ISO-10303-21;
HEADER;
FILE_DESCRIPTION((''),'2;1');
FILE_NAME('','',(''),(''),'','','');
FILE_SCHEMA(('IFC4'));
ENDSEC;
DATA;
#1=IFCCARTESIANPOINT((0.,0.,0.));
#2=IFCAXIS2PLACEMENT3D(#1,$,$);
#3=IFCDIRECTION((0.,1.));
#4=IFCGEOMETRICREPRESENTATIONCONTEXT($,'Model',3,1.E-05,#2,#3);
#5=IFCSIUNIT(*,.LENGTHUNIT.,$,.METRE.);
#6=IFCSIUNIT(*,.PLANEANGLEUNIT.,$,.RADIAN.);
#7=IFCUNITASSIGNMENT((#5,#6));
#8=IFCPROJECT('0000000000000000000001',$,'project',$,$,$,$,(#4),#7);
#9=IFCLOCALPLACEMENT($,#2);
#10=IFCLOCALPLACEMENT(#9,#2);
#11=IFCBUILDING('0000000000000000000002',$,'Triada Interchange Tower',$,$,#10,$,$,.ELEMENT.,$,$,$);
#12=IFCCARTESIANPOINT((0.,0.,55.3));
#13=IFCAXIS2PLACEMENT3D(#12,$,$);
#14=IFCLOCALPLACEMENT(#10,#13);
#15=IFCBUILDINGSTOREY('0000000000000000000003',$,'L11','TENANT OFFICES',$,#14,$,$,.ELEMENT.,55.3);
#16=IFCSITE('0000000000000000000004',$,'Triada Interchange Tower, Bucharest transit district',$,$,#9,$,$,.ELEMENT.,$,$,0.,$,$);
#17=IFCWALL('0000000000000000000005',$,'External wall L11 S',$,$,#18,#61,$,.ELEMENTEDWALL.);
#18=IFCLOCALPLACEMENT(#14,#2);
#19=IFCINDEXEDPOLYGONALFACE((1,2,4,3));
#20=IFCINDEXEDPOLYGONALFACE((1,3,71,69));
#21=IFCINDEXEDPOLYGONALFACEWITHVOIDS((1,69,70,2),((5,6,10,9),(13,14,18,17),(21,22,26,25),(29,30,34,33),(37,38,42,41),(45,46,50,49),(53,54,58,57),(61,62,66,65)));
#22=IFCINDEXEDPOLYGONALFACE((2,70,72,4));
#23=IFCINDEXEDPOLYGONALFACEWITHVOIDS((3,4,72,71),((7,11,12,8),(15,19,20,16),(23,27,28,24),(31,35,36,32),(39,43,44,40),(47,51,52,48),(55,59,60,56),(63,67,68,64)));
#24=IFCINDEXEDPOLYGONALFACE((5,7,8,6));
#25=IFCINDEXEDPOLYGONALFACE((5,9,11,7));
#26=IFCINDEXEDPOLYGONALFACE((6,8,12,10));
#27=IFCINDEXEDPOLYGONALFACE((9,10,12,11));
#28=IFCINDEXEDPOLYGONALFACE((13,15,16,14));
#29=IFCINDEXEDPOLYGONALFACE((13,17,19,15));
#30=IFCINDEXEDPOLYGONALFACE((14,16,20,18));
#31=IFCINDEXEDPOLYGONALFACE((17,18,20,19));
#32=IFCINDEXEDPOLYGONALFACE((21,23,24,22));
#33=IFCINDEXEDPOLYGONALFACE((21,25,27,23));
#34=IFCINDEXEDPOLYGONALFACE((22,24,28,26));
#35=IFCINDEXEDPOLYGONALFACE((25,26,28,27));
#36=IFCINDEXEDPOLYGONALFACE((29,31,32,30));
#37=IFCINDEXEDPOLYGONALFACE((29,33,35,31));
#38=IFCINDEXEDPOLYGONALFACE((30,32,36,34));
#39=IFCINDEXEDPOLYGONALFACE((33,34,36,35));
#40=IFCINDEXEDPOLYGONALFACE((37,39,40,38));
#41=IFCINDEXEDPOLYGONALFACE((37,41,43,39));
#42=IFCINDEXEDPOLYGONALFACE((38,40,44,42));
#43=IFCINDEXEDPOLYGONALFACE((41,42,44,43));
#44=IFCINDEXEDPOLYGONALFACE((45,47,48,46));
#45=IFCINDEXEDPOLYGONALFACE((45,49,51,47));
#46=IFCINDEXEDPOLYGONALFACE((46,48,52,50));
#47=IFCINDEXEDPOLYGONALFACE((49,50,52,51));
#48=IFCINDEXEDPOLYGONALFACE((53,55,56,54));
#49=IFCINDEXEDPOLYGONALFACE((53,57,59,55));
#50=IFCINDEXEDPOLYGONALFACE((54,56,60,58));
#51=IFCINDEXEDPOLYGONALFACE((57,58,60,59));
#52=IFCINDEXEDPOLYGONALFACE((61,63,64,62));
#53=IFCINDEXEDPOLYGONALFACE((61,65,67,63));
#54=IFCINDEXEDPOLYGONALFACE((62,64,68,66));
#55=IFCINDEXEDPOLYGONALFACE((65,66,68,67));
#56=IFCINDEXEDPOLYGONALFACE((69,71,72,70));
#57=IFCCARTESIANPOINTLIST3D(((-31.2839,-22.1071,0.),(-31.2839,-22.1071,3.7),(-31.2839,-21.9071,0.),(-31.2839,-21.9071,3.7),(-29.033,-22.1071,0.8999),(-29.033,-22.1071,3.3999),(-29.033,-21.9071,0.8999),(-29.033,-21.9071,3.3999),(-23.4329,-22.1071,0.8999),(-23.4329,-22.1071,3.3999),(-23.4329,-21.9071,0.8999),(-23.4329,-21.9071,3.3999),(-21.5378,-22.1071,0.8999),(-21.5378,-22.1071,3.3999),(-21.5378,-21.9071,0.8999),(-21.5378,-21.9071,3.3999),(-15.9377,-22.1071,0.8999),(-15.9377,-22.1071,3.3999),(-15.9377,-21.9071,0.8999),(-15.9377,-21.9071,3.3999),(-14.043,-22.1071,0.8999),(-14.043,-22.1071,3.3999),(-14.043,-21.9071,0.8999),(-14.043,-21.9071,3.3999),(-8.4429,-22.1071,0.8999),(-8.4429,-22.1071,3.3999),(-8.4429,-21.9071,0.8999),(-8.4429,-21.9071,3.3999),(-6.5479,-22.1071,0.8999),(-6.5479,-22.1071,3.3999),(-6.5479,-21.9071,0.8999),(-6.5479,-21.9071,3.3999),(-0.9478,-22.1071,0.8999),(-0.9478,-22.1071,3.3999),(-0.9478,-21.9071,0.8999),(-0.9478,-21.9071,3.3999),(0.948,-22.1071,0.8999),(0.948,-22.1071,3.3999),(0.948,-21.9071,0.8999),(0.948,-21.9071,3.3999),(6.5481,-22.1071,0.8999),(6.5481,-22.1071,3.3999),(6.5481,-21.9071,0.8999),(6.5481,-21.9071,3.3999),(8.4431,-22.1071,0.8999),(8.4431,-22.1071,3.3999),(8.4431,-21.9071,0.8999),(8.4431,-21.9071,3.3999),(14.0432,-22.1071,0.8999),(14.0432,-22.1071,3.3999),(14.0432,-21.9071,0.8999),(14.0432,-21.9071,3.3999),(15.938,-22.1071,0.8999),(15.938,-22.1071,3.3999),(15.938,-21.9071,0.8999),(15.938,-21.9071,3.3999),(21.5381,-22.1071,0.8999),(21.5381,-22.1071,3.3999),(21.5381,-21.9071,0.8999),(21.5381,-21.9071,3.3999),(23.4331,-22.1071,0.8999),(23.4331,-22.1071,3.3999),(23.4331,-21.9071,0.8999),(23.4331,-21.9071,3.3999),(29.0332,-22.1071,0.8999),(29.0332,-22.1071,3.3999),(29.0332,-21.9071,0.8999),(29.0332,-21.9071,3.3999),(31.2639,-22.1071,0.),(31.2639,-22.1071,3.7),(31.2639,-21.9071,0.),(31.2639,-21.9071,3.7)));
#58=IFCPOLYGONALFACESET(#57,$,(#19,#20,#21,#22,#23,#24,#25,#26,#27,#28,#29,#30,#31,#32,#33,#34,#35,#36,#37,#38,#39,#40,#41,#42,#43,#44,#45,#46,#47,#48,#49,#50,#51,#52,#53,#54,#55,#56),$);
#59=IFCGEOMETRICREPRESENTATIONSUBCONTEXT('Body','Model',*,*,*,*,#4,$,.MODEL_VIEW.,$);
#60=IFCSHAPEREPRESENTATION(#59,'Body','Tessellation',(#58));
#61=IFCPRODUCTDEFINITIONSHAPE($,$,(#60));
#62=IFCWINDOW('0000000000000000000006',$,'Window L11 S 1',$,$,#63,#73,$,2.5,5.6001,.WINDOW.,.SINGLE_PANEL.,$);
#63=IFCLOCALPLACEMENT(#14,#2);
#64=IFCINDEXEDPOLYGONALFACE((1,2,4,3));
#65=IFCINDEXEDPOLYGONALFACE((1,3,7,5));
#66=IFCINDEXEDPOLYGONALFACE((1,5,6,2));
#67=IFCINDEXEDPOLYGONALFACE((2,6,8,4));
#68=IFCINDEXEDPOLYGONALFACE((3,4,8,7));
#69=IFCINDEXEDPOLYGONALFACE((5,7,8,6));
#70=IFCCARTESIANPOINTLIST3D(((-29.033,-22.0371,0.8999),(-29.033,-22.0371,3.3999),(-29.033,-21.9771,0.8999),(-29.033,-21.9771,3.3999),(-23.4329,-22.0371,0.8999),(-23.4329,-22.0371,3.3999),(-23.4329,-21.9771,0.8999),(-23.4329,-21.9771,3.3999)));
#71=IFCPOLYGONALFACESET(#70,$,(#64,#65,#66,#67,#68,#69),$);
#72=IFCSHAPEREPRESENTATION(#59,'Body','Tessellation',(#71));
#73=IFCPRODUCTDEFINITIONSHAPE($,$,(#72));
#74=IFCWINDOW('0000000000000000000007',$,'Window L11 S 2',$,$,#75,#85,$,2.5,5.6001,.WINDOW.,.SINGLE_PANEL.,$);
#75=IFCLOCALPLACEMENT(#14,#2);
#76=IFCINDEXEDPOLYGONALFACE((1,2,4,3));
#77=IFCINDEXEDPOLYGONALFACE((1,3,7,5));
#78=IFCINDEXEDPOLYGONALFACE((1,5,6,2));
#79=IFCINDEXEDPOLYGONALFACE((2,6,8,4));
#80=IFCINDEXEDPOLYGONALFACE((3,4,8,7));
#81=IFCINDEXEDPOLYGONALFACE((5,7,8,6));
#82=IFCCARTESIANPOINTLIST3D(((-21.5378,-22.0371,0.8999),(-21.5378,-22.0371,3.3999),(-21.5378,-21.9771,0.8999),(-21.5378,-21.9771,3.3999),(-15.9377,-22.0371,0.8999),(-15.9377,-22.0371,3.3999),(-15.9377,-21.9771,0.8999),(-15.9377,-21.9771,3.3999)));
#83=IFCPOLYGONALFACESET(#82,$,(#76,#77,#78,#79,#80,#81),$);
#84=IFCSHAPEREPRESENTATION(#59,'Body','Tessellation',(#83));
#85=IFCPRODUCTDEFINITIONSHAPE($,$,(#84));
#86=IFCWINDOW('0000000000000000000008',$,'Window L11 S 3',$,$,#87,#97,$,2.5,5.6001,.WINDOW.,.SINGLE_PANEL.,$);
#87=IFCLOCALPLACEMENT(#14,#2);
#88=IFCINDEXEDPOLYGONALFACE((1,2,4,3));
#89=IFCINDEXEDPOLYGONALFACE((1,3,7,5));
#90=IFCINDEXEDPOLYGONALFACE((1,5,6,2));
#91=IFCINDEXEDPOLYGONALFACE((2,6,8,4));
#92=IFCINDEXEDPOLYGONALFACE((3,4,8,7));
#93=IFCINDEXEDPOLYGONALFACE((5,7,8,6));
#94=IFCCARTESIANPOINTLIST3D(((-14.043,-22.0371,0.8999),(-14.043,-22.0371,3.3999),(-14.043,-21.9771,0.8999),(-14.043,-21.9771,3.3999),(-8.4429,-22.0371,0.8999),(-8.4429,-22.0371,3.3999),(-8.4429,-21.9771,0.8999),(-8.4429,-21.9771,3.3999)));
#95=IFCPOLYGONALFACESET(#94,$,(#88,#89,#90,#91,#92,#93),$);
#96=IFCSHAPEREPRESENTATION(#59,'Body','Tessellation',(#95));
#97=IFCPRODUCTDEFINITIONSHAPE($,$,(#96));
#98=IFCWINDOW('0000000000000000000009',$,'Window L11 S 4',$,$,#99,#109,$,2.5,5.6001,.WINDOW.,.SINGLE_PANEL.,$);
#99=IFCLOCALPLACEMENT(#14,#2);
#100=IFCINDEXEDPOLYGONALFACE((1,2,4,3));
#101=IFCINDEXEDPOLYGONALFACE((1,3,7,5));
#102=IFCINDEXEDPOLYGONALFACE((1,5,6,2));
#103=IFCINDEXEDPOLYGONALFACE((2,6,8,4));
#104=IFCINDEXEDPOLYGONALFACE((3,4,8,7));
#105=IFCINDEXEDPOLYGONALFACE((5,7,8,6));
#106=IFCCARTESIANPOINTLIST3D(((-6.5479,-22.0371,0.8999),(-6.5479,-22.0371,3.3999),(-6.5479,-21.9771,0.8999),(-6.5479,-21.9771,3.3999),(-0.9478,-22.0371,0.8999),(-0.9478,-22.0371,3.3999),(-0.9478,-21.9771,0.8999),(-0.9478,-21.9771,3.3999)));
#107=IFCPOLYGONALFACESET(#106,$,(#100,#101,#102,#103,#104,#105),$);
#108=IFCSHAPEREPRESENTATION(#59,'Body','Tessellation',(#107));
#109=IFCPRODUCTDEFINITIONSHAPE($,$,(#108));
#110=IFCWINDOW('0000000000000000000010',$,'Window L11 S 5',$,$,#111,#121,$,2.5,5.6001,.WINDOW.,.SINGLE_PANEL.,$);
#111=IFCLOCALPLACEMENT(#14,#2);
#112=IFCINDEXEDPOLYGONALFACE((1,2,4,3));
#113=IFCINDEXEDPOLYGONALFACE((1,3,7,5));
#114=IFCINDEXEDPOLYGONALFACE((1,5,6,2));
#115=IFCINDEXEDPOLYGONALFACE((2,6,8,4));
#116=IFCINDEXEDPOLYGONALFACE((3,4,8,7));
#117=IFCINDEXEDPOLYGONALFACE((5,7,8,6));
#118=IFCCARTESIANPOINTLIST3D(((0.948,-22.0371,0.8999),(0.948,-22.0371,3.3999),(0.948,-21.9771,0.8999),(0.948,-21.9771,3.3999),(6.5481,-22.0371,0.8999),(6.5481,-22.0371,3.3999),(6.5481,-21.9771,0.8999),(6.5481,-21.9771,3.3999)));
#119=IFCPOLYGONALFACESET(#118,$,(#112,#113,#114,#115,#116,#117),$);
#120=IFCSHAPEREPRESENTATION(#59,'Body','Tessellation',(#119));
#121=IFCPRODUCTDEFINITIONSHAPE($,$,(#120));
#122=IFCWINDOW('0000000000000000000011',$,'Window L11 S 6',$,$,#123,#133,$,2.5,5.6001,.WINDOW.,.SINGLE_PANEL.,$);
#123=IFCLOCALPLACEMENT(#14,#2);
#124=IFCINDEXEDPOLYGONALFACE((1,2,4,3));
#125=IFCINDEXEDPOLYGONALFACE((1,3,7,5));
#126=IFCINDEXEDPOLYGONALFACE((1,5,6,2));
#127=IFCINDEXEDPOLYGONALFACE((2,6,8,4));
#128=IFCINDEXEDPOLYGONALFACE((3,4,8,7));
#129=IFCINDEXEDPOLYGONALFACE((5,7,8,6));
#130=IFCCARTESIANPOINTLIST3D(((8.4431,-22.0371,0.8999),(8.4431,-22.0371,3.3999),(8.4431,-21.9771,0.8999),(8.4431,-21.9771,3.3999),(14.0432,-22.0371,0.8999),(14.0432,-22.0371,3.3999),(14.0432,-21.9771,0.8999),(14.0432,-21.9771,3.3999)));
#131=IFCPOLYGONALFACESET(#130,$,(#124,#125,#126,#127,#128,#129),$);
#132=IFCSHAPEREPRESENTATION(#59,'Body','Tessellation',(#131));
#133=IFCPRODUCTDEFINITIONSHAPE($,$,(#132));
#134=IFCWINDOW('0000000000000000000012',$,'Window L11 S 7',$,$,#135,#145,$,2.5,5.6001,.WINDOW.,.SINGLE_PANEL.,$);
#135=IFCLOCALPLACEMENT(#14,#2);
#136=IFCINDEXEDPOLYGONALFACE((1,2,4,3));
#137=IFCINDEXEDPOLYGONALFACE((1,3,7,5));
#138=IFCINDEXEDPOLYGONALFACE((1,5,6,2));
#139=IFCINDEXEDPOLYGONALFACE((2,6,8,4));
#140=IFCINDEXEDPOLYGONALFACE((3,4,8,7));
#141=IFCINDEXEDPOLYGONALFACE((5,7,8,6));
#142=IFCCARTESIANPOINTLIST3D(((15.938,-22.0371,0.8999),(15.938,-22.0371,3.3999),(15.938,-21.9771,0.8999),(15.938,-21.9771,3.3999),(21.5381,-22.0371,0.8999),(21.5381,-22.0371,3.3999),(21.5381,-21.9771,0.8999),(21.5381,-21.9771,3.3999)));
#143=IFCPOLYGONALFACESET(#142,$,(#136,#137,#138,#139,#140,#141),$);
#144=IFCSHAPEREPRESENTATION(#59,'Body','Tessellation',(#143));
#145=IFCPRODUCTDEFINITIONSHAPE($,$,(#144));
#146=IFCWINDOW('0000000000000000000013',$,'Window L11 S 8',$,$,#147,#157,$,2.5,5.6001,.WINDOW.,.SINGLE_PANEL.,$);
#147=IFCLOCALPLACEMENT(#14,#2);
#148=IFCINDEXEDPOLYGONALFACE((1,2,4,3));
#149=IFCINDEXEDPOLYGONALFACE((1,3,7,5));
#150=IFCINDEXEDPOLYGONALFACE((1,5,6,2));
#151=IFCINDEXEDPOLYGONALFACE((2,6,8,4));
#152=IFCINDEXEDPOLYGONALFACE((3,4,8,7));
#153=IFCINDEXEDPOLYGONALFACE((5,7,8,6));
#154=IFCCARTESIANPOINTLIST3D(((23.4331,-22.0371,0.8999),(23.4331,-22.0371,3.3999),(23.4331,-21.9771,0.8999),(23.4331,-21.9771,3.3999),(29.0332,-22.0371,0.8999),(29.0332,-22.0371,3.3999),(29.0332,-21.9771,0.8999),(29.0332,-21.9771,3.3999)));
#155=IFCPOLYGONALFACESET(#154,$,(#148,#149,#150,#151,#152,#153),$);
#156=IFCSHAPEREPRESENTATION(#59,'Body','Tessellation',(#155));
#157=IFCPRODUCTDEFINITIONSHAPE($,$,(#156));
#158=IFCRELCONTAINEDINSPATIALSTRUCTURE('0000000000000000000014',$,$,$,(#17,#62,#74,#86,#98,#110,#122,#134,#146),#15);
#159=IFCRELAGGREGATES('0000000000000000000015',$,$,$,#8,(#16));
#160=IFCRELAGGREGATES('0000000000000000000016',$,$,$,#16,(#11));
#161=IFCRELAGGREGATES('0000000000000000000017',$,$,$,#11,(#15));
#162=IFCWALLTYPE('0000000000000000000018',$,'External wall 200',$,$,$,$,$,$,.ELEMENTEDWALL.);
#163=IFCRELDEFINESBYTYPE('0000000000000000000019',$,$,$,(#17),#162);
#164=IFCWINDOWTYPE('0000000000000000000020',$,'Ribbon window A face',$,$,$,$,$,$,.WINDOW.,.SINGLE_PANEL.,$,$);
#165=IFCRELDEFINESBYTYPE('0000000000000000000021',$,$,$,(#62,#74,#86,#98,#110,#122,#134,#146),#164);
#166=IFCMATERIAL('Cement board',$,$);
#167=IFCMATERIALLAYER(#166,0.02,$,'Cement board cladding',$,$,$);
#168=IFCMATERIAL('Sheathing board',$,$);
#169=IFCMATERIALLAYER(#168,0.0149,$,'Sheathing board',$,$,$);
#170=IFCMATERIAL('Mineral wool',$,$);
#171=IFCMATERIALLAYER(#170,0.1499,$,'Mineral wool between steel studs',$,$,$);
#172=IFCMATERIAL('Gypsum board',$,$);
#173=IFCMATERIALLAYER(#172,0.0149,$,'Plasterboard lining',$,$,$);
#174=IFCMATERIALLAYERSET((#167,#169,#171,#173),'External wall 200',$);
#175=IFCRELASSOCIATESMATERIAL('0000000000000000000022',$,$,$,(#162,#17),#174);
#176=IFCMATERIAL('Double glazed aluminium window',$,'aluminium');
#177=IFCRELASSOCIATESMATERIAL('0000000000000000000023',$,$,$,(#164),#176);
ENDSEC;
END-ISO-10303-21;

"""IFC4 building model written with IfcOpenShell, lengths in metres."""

from ifc_helpers import new_model, si_unit, direction, frame, frame_2d, origin, place, context, subcontext, project, spatial, rectangle, extrude, material, layer, layer_set, layer_usage, type_object, element, fill, save


model = new_model("IFC4")

# Units and contexts
model_context = context("Model", 3, precision=1e-05, world=origin(), true_north=direction((0.0, 1.0)))
body_context = subcontext(model_context, "Body", "Model", "MODEL_VIEW")
ifc_project = project(units=[si_unit("LENGTHUNIT", "METRE"), si_unit("PLANEANGLEUNIT", "RADIAN")], contexts=[model_context])

# Site, building, storey
site_placement = place(None, origin())
site = spatial("IfcSite", under=ifc_project, at=site_placement, Name="Triada Interchange Tower, Bucharest transit district", CompositionType="ELEMENT", RefElevation=0.0)
building_placement = place(site_placement, origin())
building = spatial("IfcBuilding", under=site, at=building_placement, Name="Triada Interchange Tower", CompositionType="ELEMENT")
storey_placement = place(building_placement, frame((0.0, 0.0, 55.3)))
storey = spatial("IfcBuildingStorey", under=building, at=storey_placement, Name="L11", Description="TENANT OFFICES", CompositionType="ELEMENT", Elevation=55.3)

# Shared definitions
ifc_material_1 = material(Name="Cement board")
ifc_layer_1 = layer(ifc_material_1, 0.02, Name="Cement board cladding")
ifc_material_2 = material(Name="Sheathing board")
ifc_layer_2 = layer(ifc_material_2, 0.0149, Name="Sheathing board")
ifc_material_3 = material(Name="Mineral wool")
ifc_layer_3 = layer(ifc_material_3, 0.1499, Name="Mineral wool between steel studs")
ifc_material_4 = material(Name="Gypsum board")
ifc_layer_4 = layer(ifc_material_4, 0.0149, Name="Plasterboard lining")
ifc_layer_set_1 = layer_set([ifc_layer_1, ifc_layer_2, ifc_layer_3, ifc_layer_4], Name="External wall 200")
ifc_layer_usage = layer_usage(ifc_layer_set_1, "AXIS2", "POSITIVE", -0.1001)
wall_type_1 = type_object("IfcWallType", Name="External wall 200", PredefinedType="ELEMENTEDWALL", material=ifc_layer_set_1)
ifc_material_5 = material(Name="Double glazed aluminium window", Category="aluminium")

# Wall, openings, windows
wall_1_placement = place(storey_placement, frame((-31.2839, -22.0071, 0.0), z_axis=(0.0, 0.0, 1.0), x_axis=(1.0, 0.0, 0.0)))
wall_1 = element("IfcWall", 1, at=wall_1_placement, inside=storey, type_object=wall_type_1, material=ifc_layer_usage, Name="External wall L11 S", PredefinedType="ELEMENTEDWALL", context=body_context, shape_type="SweptSolid", body=[
    extrude(rectangle(XDim=62.5479, YDim=0.2, at=frame_2d((31.2739, 0.0))), origin(), (0.0, 0.0, 1.0), 3.7),
])
opening_1_placement = place(wall_1_placement, frame((2.251, 0.0, 0.8999)))
opening_1 = element("IfcOpeningElement", 2, at=opening_1_placement, cuts=wall_1, PredefinedType="OPENING", context=body_context, shape_type="SweptSolid", body=[
    extrude(rectangle(XDim=5.6001, YDim=2.5, at=frame_2d((2.8, 1.25))), frame((0.0, 0.1099, 0.0), z_axis=(0.0, -1.0, 0.0), x_axis=(1.0, 0.0, 0.0)), (0.0, 0.0, 1.0), 0.22),
])
opening_2_placement = place(wall_1_placement, frame((9.7461, 0.0, 0.8999)))
opening_2 = element("IfcOpeningElement", 3, at=opening_2_placement, cuts=wall_1, PredefinedType="OPENING", context=body_context, shape_type="SweptSolid", body=[
    extrude(rectangle(XDim=5.6001, YDim=2.5, at=frame_2d((2.8, 1.25))), frame((0.0, 0.1099, 0.0), z_axis=(0.0, -1.0, 0.0), x_axis=(1.0, 0.0, 0.0)), (0.0, 0.0, 1.0), 0.22),
])
opening_3_placement = place(wall_1_placement, frame((17.241, 0.0, 0.8999)))
opening_3 = element("IfcOpeningElement", 4, at=opening_3_placement, cuts=wall_1, PredefinedType="OPENING", context=body_context, shape_type="SweptSolid", body=[
    extrude(rectangle(XDim=5.6001, YDim=2.5, at=frame_2d((2.8, 1.25))), frame((0.0, 0.1099, 0.0), z_axis=(0.0, -1.0, 0.0), x_axis=(1.0, 0.0, 0.0)), (0.0, 0.0, 1.0), 0.22),
])
opening_4_placement = place(wall_1_placement, frame((24.7361, 0.0, 0.8999)))
opening_4 = element("IfcOpeningElement", 5, at=opening_4_placement, cuts=wall_1, PredefinedType="OPENING", context=body_context, shape_type="SweptSolid", body=[
    extrude(rectangle(XDim=5.6001, YDim=2.5, at=frame_2d((2.8, 1.25))), frame((0.0, 0.1099, 0.0), z_axis=(0.0, -1.0, 0.0), x_axis=(1.0, 0.0, 0.0)), (0.0, 0.0, 1.0), 0.22),
])
opening_5_placement = place(wall_1_placement, frame((32.2319, 0.0, 0.8999)))
opening_5 = element("IfcOpeningElement", 6, at=opening_5_placement, cuts=wall_1, PredefinedType="OPENING", context=body_context, shape_type="SweptSolid", body=[
    extrude(rectangle(XDim=5.6001, YDim=2.5, at=frame_2d((2.8, 1.25))), frame((0.0, 0.1099, 0.0), z_axis=(0.0, -1.0, 0.0), x_axis=(1.0, 0.0, 0.0)), (0.0, 0.0, 1.0), 0.22),
])
opening_6_placement = place(wall_1_placement, frame((39.7271, 0.0, 0.8999)))
opening_6 = element("IfcOpeningElement", 7, at=opening_6_placement, cuts=wall_1, PredefinedType="OPENING", context=body_context, shape_type="SweptSolid", body=[
    extrude(rectangle(XDim=5.6001, YDim=2.5, at=frame_2d((2.8, 1.25))), frame((0.0, 0.1099, 0.0), z_axis=(0.0, -1.0, 0.0), x_axis=(1.0, 0.0, 0.0)), (0.0, 0.0, 1.0), 0.22),
])
opening_7_placement = place(wall_1_placement, frame((47.2219, 0.0, 0.8999)))
opening_7 = element("IfcOpeningElement", 8, at=opening_7_placement, cuts=wall_1, PredefinedType="OPENING", context=body_context, shape_type="SweptSolid", body=[
    extrude(rectangle(XDim=5.6001, YDim=2.5, at=frame_2d((2.8, 1.25))), frame((0.0, 0.1099, 0.0), z_axis=(0.0, -1.0, 0.0), x_axis=(1.0, 0.0, 0.0)), (0.0, 0.0, 1.0), 0.22),
])
opening_8_placement = place(wall_1_placement, frame((54.717, 0.0, 0.8999)))
opening_8 = element("IfcOpeningElement", 9, at=opening_8_placement, cuts=wall_1, PredefinedType="OPENING", context=body_context, shape_type="SweptSolid", body=[
    extrude(rectangle(XDim=5.6001, YDim=2.5, at=frame_2d((2.8, 1.25))), frame((0.0, 0.1099, 0.0), z_axis=(0.0, -1.0, 0.0), x_axis=(1.0, 0.0, 0.0)), (0.0, 0.0, 1.0), 0.22),
])
window_type_1 = type_object("IfcWindowType", Name="Ribbon window A face", PartitioningType="SINGLE_PANEL", PredefinedType="WINDOW", material=ifc_material_5)
window_1_placement = place(opening_1_placement, origin())
window_1 = element("IfcWindow", 10, at=window_1_placement, inside=storey, type_object=window_type_1, Name="Window L11 S 1", OverallHeight=2.5, OverallWidth=5.6001, PartitioningType="SINGLE_PANEL", PredefinedType="WINDOW", context=body_context, shape_type="SweptSolid", body=[
    extrude(rectangle(XDim=5.6001, YDim=2.5, at=frame_2d((2.8, 1.25))), frame((0.0, 0.03, 0.0), z_axis=(0.0, -1.0, 0.0), x_axis=(1.0, 0.0, 0.0)), (0.0, 0.0, 1.0), 0.0601),
])
fill(opening_1, window_1)
window_2_placement = place(opening_2_placement, origin())
window_2 = element("IfcWindow", 11, at=window_2_placement, inside=storey, type_object=window_type_1, Name="Window L11 S 2", OverallHeight=2.5, OverallWidth=5.6001, PartitioningType="SINGLE_PANEL", PredefinedType="WINDOW", context=body_context, shape_type="SweptSolid", body=[
    extrude(rectangle(XDim=5.6001, YDim=2.5, at=frame_2d((2.8, 1.25))), frame((0.0, 0.03, 0.0), z_axis=(0.0, -1.0, 0.0), x_axis=(1.0, 0.0, 0.0)), (0.0, 0.0, 1.0), 0.0601),
])
fill(opening_2, window_2)
window_3_placement = place(opening_3_placement, origin())
window_3 = element("IfcWindow", 12, at=window_3_placement, inside=storey, type_object=window_type_1, Name="Window L11 S 3", OverallHeight=2.5, OverallWidth=5.6001, PartitioningType="SINGLE_PANEL", PredefinedType="WINDOW", context=body_context, shape_type="SweptSolid", body=[
    extrude(rectangle(XDim=5.6001, YDim=2.5, at=frame_2d((2.8, 1.25))), frame((0.0, 0.03, 0.0), z_axis=(0.0, -1.0, 0.0), x_axis=(1.0, 0.0, 0.0)), (0.0, 0.0, 1.0), 0.0601),
])
fill(opening_3, window_3)
window_4_placement = place(opening_4_placement, origin())
window_4 = element("IfcWindow", 13, at=window_4_placement, inside=storey, type_object=window_type_1, Name="Window L11 S 4", OverallHeight=2.5, OverallWidth=5.6001, PartitioningType="SINGLE_PANEL", PredefinedType="WINDOW", context=body_context, shape_type="SweptSolid", body=[
    extrude(rectangle(XDim=5.6001, YDim=2.5, at=frame_2d((2.8, 1.25))), frame((0.0, 0.03, 0.0), z_axis=(0.0, -1.0, 0.0), x_axis=(1.0, 0.0, 0.0)), (0.0, 0.0, 1.0), 0.0601),
])
fill(opening_4, window_4)
window_5_placement = place(opening_5_placement, origin())
window_5 = element("IfcWindow", 14, at=window_5_placement, inside=storey, type_object=window_type_1, Name="Window L11 S 5", OverallHeight=2.5, OverallWidth=5.6001, PartitioningType="SINGLE_PANEL", PredefinedType="WINDOW", context=body_context, shape_type="SweptSolid", body=[
    extrude(rectangle(XDim=5.6001, YDim=2.5, at=frame_2d((2.8, 1.25))), frame((0.0, 0.03, 0.0), z_axis=(0.0, -1.0, 0.0), x_axis=(1.0, 0.0, 0.0)), (0.0, 0.0, 1.0), 0.0601),
])
fill(opening_5, window_5)
window_6_placement = place(opening_6_placement, origin())
window_6 = element("IfcWindow", 15, at=window_6_placement, inside=storey, type_object=window_type_1, Name="Window L11 S 6", OverallHeight=2.5, OverallWidth=5.6001, PartitioningType="SINGLE_PANEL", PredefinedType="WINDOW", context=body_context, shape_type="SweptSolid", body=[
    extrude(rectangle(XDim=5.6001, YDim=2.5, at=frame_2d((2.8, 1.25))), frame((0.0, 0.03, 0.0), z_axis=(0.0, -1.0, 0.0), x_axis=(1.0, 0.0, 0.0)), (0.0, 0.0, 1.0), 0.0601),
])
fill(opening_6, window_6)
window_7_placement = place(opening_7_placement, origin())
window_7 = element("IfcWindow", 16, at=window_7_placement, inside=storey, type_object=window_type_1, Name="Window L11 S 7", OverallHeight=2.5, OverallWidth=5.6001, PartitioningType="SINGLE_PANEL", PredefinedType="WINDOW", context=body_context, shape_type="SweptSolid", body=[
    extrude(rectangle(XDim=5.6001, YDim=2.5, at=frame_2d((2.8, 1.25))), frame((0.0, 0.03, 0.0), z_axis=(0.0, -1.0, 0.0), x_axis=(1.0, 0.0, 0.0)), (0.0, 0.0, 1.0), 0.0601),
])
fill(opening_7, window_7)
window_8_placement = place(opening_8_placement, origin())
window_8 = element("IfcWindow", 17, at=window_8_placement, inside=storey, type_object=window_type_1, Name="Window L11 S 8", OverallHeight=2.5, OverallWidth=5.6001, PartitioningType="SINGLE_PANEL", PredefinedType="WINDOW", context=body_context, shape_type="SweptSolid", body=[
    extrude(rectangle(XDim=5.6001, YDim=2.5, at=frame_2d((2.8, 1.25))), frame((0.0, 0.03, 0.0), z_axis=(0.0, -1.0, 0.0), x_axis=(1.0, 0.0, 0.0)), (0.0, 0.0, 1.0), 0.0601),
])
fill(opening_8, window_8)

save(model, "model.ifc")
